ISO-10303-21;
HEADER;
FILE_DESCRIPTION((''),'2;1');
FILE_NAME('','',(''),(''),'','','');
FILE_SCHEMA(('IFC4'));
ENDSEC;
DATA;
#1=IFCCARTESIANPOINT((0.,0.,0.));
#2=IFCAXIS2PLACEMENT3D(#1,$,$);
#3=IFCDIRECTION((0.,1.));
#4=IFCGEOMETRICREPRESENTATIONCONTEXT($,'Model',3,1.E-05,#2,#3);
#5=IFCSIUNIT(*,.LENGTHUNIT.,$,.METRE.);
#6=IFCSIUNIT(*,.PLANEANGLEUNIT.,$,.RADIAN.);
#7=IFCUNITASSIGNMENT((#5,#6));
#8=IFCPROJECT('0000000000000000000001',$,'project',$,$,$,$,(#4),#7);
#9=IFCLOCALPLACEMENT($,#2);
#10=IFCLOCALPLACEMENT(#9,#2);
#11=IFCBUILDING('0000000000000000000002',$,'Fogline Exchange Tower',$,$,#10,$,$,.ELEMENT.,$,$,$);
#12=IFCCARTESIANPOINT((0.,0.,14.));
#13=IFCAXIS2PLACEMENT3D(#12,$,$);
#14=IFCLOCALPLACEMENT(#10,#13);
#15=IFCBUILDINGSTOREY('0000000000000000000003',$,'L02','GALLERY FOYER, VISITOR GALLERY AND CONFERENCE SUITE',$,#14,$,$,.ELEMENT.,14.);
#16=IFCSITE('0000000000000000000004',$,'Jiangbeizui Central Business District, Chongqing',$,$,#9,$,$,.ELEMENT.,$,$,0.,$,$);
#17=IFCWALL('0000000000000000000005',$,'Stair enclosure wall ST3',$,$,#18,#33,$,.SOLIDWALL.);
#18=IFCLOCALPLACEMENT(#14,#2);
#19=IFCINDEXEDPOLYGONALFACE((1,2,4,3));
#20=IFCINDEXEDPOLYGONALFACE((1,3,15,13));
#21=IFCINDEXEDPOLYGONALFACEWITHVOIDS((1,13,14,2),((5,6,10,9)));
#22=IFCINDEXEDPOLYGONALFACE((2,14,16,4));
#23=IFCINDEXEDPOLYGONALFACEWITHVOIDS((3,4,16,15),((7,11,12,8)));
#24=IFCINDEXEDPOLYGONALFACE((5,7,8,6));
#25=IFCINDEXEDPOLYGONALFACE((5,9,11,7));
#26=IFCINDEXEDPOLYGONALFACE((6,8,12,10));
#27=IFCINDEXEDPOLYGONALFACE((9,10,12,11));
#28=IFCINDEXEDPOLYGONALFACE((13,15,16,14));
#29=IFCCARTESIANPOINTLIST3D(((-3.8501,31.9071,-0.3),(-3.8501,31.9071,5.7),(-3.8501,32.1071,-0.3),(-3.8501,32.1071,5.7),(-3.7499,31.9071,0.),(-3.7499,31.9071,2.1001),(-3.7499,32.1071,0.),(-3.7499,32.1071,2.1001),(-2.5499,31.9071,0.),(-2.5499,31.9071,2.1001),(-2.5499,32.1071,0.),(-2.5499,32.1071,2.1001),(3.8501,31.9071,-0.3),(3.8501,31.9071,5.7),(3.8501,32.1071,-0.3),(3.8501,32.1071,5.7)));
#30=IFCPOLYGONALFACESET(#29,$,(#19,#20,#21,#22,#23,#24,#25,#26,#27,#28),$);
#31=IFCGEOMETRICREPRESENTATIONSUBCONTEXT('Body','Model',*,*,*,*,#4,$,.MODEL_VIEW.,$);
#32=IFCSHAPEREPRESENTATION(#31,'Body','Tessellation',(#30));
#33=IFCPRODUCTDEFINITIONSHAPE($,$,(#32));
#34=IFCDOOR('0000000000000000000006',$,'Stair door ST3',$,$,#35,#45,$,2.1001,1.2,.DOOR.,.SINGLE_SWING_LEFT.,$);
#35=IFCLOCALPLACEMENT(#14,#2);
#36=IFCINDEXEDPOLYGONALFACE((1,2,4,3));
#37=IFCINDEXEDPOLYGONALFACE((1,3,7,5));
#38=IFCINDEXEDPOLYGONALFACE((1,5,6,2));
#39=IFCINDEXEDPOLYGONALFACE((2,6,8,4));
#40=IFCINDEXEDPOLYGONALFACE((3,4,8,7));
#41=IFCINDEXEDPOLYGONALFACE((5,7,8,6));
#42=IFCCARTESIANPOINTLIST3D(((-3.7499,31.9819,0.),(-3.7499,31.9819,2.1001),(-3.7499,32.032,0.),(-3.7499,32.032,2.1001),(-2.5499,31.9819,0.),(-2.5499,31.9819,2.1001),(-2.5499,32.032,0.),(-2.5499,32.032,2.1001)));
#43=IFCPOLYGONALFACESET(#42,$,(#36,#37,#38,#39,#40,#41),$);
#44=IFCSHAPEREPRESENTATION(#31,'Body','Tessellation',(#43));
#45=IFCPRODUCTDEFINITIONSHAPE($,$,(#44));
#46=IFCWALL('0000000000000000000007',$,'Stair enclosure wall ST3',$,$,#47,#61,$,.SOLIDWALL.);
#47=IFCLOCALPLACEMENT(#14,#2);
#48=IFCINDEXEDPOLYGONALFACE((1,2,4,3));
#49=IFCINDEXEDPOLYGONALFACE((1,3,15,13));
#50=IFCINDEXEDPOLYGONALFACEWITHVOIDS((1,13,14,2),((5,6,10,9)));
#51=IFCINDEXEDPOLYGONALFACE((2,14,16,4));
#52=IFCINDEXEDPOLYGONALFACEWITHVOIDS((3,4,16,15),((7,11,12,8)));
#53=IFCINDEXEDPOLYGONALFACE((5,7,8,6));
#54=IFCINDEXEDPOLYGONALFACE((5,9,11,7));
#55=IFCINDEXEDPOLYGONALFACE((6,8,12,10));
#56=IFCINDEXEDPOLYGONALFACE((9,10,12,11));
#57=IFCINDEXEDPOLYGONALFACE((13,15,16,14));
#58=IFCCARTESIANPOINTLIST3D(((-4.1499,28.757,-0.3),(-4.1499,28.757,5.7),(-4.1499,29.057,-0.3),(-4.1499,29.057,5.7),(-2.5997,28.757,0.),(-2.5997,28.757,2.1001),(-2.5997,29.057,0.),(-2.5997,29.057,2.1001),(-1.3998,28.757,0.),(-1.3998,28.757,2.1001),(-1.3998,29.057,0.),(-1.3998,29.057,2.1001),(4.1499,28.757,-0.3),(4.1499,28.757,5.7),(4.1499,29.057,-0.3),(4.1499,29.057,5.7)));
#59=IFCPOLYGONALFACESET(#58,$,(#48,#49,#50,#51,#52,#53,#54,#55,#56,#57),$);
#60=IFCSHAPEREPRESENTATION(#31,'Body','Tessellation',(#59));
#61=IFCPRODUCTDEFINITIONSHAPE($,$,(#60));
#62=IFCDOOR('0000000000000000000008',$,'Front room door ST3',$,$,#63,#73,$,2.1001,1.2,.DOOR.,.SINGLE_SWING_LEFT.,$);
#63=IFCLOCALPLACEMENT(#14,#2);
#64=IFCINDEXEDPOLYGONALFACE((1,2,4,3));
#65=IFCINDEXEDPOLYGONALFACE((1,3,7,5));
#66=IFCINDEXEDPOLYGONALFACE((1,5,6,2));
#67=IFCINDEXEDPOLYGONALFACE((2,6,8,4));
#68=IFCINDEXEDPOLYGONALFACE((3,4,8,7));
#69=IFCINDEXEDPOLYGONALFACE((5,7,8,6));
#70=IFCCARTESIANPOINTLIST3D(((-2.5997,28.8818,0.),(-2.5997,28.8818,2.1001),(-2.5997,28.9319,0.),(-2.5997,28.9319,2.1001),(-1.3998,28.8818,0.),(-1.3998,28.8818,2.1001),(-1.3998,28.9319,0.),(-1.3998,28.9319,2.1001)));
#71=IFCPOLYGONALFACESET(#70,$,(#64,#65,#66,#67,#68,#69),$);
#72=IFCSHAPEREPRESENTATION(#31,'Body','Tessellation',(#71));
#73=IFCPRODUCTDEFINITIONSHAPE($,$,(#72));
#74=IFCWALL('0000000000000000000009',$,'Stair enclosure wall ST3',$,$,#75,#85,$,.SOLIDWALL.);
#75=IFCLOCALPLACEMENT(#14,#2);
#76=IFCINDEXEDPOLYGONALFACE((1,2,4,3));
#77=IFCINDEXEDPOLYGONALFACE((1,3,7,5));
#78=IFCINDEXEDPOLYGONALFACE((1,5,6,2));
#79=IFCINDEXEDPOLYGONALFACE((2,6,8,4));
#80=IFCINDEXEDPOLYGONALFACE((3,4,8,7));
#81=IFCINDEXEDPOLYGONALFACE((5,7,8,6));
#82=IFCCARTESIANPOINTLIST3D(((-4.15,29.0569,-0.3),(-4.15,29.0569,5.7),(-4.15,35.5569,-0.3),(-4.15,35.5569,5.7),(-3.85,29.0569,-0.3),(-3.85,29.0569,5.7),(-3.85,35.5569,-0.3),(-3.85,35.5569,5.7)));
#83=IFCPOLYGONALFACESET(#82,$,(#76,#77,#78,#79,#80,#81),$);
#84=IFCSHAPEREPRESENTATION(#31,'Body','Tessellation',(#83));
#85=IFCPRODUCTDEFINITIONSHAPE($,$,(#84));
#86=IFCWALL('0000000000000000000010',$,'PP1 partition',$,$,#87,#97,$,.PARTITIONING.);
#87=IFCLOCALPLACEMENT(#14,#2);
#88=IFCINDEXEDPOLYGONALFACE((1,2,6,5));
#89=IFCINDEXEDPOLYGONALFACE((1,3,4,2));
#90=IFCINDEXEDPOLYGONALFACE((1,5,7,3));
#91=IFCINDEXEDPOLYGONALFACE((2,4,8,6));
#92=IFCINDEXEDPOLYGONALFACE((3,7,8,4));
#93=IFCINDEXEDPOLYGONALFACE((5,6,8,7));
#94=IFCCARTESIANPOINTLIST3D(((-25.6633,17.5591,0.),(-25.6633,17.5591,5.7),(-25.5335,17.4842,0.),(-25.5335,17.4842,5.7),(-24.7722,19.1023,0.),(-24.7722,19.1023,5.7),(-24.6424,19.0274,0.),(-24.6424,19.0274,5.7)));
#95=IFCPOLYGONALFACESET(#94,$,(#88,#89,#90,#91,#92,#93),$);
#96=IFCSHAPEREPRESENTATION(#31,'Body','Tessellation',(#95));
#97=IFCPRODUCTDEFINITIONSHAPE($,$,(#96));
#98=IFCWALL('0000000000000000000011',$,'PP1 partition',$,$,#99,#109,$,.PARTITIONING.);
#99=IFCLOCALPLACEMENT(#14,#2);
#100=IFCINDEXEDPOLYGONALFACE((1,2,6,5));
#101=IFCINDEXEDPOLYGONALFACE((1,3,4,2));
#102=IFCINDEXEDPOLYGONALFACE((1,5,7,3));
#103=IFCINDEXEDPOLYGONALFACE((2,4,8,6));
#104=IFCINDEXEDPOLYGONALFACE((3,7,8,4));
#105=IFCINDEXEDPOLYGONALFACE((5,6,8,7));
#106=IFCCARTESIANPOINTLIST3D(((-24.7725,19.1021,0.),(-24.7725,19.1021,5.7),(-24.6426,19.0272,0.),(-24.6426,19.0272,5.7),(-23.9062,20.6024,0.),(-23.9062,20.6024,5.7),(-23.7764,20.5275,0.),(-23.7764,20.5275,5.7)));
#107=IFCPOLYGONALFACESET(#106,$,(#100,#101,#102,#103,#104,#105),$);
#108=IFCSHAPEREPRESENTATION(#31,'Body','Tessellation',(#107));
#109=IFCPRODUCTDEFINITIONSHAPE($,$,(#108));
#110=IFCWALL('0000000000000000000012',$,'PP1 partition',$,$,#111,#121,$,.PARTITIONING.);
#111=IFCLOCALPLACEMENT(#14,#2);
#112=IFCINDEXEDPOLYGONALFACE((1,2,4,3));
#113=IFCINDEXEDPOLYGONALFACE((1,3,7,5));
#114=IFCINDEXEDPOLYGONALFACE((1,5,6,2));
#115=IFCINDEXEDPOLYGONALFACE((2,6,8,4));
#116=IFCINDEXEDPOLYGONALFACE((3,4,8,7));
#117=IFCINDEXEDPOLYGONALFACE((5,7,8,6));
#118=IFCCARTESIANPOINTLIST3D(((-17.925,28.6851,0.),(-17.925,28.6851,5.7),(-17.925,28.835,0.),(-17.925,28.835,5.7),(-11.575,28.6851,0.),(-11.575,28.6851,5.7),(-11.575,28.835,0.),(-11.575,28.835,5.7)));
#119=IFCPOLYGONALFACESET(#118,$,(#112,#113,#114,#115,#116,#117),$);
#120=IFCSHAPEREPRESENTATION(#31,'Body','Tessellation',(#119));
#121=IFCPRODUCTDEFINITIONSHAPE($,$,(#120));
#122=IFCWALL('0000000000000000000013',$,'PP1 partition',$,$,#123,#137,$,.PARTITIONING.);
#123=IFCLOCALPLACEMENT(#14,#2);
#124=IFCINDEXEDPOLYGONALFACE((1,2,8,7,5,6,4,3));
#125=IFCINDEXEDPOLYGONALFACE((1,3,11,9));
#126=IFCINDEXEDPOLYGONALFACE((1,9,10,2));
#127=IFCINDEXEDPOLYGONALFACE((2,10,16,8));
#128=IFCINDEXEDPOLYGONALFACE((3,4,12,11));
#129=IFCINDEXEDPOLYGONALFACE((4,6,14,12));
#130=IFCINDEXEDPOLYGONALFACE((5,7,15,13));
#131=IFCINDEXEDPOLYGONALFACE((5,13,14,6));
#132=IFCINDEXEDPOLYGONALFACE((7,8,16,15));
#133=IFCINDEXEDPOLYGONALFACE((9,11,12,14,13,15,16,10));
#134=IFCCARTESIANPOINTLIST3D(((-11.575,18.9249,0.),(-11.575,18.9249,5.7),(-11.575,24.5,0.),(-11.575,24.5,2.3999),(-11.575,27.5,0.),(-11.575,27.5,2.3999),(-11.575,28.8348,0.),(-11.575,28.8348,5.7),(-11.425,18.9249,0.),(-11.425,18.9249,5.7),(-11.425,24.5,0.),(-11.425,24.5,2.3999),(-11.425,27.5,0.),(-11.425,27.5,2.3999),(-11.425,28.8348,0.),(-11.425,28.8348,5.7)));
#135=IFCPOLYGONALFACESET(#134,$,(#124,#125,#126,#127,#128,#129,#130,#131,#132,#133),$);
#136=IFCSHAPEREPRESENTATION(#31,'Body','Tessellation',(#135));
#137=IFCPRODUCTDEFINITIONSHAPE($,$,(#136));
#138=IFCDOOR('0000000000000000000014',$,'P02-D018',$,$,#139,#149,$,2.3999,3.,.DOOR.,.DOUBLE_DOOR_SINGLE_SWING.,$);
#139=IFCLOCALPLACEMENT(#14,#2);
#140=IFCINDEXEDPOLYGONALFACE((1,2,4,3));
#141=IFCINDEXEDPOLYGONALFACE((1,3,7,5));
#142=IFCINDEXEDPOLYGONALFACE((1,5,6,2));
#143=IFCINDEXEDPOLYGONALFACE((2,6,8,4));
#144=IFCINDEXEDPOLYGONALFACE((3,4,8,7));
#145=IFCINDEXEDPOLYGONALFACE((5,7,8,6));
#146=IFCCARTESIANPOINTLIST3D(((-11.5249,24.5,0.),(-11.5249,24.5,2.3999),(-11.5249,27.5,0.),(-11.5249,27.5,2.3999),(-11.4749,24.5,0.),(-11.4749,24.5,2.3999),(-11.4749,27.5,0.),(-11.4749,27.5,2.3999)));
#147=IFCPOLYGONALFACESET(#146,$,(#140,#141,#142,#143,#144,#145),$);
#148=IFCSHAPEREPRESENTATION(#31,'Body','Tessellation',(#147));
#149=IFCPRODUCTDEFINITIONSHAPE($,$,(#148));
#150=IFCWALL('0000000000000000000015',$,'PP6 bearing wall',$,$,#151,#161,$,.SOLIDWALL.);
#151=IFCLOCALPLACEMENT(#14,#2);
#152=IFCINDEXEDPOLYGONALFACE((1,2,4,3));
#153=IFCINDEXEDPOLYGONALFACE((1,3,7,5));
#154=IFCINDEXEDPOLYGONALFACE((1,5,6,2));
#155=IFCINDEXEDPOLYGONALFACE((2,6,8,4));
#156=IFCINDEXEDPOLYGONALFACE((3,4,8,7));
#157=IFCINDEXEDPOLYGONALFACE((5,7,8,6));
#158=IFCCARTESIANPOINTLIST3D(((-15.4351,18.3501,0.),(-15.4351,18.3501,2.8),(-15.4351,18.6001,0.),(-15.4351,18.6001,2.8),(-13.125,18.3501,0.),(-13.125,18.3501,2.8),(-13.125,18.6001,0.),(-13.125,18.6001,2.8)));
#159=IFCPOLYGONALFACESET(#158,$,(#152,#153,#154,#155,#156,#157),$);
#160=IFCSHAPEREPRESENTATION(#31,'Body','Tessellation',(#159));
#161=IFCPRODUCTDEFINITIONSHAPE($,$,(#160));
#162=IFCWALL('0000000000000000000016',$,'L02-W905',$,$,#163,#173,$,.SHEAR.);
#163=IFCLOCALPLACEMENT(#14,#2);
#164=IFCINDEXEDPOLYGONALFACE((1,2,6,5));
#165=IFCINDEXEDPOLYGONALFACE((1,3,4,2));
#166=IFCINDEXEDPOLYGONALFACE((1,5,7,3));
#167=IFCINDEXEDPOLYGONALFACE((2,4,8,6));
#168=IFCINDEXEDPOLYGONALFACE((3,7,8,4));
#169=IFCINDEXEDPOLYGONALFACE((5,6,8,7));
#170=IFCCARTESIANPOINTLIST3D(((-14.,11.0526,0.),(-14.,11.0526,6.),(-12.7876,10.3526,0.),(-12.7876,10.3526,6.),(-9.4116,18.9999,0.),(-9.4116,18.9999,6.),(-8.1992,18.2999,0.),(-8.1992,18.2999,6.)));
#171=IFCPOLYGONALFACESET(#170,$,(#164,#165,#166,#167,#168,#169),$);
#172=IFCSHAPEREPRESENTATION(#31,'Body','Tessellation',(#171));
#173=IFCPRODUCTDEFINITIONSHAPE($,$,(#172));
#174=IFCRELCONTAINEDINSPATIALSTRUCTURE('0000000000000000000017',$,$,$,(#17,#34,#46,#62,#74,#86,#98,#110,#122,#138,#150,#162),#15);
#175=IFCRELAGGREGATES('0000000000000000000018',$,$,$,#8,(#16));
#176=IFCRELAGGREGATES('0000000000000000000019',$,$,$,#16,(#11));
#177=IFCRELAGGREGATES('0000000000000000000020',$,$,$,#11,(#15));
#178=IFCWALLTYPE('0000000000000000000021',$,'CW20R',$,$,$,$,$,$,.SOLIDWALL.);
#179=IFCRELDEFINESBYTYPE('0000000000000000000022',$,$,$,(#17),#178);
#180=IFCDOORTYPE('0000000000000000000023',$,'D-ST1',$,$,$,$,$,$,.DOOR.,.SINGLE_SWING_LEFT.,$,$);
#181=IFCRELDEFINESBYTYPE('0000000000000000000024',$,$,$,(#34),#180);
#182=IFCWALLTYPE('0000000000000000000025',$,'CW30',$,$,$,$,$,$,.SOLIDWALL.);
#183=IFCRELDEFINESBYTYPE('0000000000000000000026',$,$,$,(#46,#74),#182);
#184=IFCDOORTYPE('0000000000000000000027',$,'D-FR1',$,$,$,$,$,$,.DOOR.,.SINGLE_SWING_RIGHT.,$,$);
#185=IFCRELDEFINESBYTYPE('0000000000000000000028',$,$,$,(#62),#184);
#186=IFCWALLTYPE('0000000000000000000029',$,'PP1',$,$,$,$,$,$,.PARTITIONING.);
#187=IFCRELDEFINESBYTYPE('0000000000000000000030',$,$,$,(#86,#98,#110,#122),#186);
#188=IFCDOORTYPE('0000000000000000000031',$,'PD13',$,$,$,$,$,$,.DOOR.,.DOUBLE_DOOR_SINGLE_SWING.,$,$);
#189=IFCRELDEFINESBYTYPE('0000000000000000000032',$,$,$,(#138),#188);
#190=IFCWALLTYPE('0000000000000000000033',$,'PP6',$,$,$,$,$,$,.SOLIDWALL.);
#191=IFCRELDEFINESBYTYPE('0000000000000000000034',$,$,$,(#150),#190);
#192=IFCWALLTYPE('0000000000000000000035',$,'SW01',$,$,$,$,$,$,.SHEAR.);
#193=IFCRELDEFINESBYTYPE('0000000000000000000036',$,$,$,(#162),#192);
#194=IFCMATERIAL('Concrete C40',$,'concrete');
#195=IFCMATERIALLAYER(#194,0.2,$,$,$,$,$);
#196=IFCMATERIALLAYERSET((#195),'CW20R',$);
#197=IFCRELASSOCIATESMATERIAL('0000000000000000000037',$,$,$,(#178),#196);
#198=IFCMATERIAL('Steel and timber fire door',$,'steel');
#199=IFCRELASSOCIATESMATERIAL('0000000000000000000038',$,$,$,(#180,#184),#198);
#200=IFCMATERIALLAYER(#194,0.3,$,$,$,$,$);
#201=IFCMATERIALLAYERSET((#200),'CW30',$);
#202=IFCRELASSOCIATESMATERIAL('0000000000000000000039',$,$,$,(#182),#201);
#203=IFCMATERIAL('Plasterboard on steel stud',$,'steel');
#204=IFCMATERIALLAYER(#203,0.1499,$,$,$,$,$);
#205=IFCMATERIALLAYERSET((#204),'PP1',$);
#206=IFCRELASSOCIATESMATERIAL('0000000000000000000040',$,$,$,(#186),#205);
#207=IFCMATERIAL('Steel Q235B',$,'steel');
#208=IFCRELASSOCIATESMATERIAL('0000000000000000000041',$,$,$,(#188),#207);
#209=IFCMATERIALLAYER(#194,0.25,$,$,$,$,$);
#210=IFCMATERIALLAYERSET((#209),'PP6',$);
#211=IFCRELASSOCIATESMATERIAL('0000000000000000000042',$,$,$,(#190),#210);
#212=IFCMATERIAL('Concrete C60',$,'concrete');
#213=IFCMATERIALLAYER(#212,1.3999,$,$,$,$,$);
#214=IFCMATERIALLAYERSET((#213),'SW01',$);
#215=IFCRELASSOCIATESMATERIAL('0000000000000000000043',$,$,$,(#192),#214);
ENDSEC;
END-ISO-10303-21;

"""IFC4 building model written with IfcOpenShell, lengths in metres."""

from ifc_helpers import new_model, si_unit, direction, frame, frame_2d, origin, place, context, subcontext, project, spatial, rectangle, extrude, material, layer, layer_set, type_object, element, fill, save


model = new_model("IFC4")

# Units and contexts
model_context = context("Model", 3, precision=1e-05, world=origin(), true_north=direction((0.0, 1.0)))
body_context = subcontext(model_context, "Body", "Model", "MODEL_VIEW")
ifc_project = project(units=[si_unit("LENGTHUNIT", "METRE"), si_unit("PLANEANGLEUNIT", "RADIAN")], contexts=[model_context])

# Site, building, storey
site_placement = place(None, origin())
site = spatial("IfcSite", under=ifc_project, at=site_placement, Name="Jiangbeizui Central Business District, Chongqing", CompositionType="ELEMENT", RefElevation=0.0)
building_placement = place(site_placement, origin())
building = spatial("IfcBuilding", under=site, at=building_placement, Name="Fogline Exchange Tower", CompositionType="ELEMENT")
storey_placement = place(building_placement, frame((0.0, 0.0, 14.0)))
storey = spatial("IfcBuildingStorey", under=building, at=storey_placement, Name="L02", Description="GALLERY FOYER, VISITOR GALLERY AND CONFERENCE SUITE", CompositionType="ELEMENT", Elevation=14.0)

# Walls, openings, doors
ifc_material_1 = material(Name="Concrete C40", Category="concrete")
ifc_layer_1 = layer(ifc_material_1, 0.2)
ifc_layer_set_1 = layer_set([ifc_layer_1], Name="CW20R")
wall_type_1 = type_object("IfcWallType", Name="CW20R", PredefinedType="SOLIDWALL", material=ifc_layer_set_1)
wall_1_placement = place(storey_placement, frame((-3.8501, 32.0071, -0.3), z_axis=(0.0, 0.0, 1.0), x_axis=(1.0, 0.0, 0.0)))
wall_1 = element("IfcWall", 1, at=wall_1_placement, inside=storey, type_object=wall_type_1, Name="Stair enclosure wall ST3", PredefinedType="SOLIDWALL", context=body_context, shape_type="SweptSolid", body=[
    extrude(rectangle(XDim=7.7002, YDim=0.2, at=frame_2d((3.8501, 0.0))), origin(), (0.0, 0.0, 1.0), 6.0),
])
opening_1_placement = place(wall_1_placement, frame((0.1001, 0.0, 0.3)))
opening_1 = element("IfcOpeningElement", 2, at=opening_1_placement, cuts=wall_1, PredefinedType="OPENING", context=body_context, shape_type="SweptSolid", body=[
    extrude(rectangle(XDim=1.2, YDim=2.1001, at=frame_2d((0.6001, 1.05))), frame((0.0, 0.1099, 0.0), z_axis=(0.0, -1.0, 0.0), x_axis=(1.0, 0.0, 0.0)), (0.0, 0.0, 1.0), 0.22),
])
ifc_material_2 = material(Name="Steel and timber fire door", Category="steel")
door_type_1 = type_object("IfcDoorType", Name="D-ST1", OperationType="SINGLE_SWING_LEFT", PredefinedType="DOOR", material=ifc_material_2)
door_1_placement = place(opening_1_placement, origin())
door_1 = element("IfcDoor", 3, at=door_1_placement, inside=storey, type_object=door_type_1, Name="Stair door ST3", OperationType="SINGLE_SWING_LEFT", OverallHeight=2.1001, OverallWidth=1.2, PredefinedType="DOOR", context=body_context, shape_type="SweptSolid", body=[
    extrude(rectangle(XDim=1.2, YDim=2.1001, at=frame_2d((0.6001, 1.05))), frame((0.0, 0.0249, 0.0), z_axis=(0.0, -1.0, 0.0), x_axis=(1.0, 0.0, 0.0)), (0.0, 0.0, 1.0), 0.05),
])
fill(opening_1, door_1)
ifc_layer_2 = layer(ifc_material_1, 0.3)
ifc_layer_set_2 = layer_set([ifc_layer_2], Name="CW30")
wall_type_2 = type_object("IfcWallType", Name="CW30", PredefinedType="SOLIDWALL", material=ifc_layer_set_2)
wall_2_placement = place(storey_placement, frame((-4.1499, 28.907, -0.3), z_axis=(0.0, 0.0, 1.0), x_axis=(1.0, 0.0, 0.0)))
wall_2 = element("IfcWall", 4, at=wall_2_placement, inside=storey, type_object=wall_type_2, Name="Stair enclosure wall ST3", PredefinedType="SOLIDWALL", context=body_context, shape_type="SweptSolid", body=[
    extrude(rectangle(XDim=8.2998, YDim=0.3, at=frame_2d((4.1499, 0.0))), origin(), (0.0, 0.0, 1.0), 6.0),
])
opening_2_placement = place(wall_2_placement, frame((1.55, 0.0, 0.3)))
opening_2 = element("IfcOpeningElement", 5, at=opening_2_placement, cuts=wall_2, PredefinedType="OPENING", context=body_context, shape_type="SweptSolid", body=[
    extrude(rectangle(XDim=1.2, YDim=2.1001, at=frame_2d((0.6001, 1.05))), frame((0.0, 0.1602, 0.0), z_axis=(0.0, -1.0, 0.0), x_axis=(1.0, 0.0, 0.0)), (0.0, 0.0, 1.0), 0.3201),
])
door_type_2 = type_object("IfcDoorType", Name="D-FR1", OperationType="SINGLE_SWING_RIGHT", PredefinedType="DOOR", material=ifc_material_2)
door_2_placement = place(opening_2_placement, origin())
door_2 = element("IfcDoor", 6, at=door_2_placement, inside=storey, type_object=door_type_2, Name="Front room door ST3", OperationType="SINGLE_SWING_LEFT", OverallHeight=2.1001, OverallWidth=1.2, PredefinedType="DOOR", context=body_context, shape_type="SweptSolid", body=[
    extrude(rectangle(XDim=1.2, YDim=2.1001, at=frame_2d((0.6001, 1.05))), frame((0.0, 0.0249, 0.0), z_axis=(0.0, -1.0, 0.0), x_axis=(1.0, 0.0, 0.0)), (0.0, 0.0, 1.0), 0.05),
])
fill(opening_2, door_2)

# Walls
wall_3_placement = place(storey_placement, frame((-4.0, 29.0569, -0.3), z_axis=(0.0, 0.0, 1.0), x_axis=(0.0, 1.0, 0.0)))
element("IfcWall", 7, at=wall_3_placement, inside=storey, type_object=wall_type_2, Name="Stair enclosure wall ST3", PredefinedType="SOLIDWALL", context=body_context, shape_type="SweptSolid", body=[
    extrude(rectangle(XDim=6.5, YDim=0.3, at=frame_2d((3.25, 0.0))), origin(), (0.0, 0.0, 1.0), 6.0),
])
ifc_material_3 = material(Name="Plasterboard on steel stud", Category="steel")
ifc_layer_3 = layer(ifc_material_3, 0.1499)
ifc_layer_set_3 = layer_set([ifc_layer_3], Name="PP1")
wall_type_3 = type_object("IfcWallType", Name="PP1", PredefinedType="PARTITIONING", material=ifc_layer_set_3)
wall_4_placement = place(storey_placement, frame((-24.7073, 19.0649, 0.0), z_axis=(0.0, 0.0, 1.0), x_axis=(-0.500058, -0.865992, 0.0)))
element("IfcWall", 8, at=wall_4_placement, inside=storey, type_object=wall_type_3, Name="PP1 partition", PredefinedType="PARTITIONING", context=body_context, shape_type="SweptSolid", body=[
    extrude(rectangle(XDim=1.782, YDim=0.1499, at=frame_2d((0.8911, 0.0))), origin(), (0.0, 0.0, 1.0), 5.7),
])
wall_5_placement = place(storey_placement, frame((-23.8413, 20.5649, 0.0), z_axis=(0.0, 0.0, 1.0), x_axis=(-0.500019, -0.866014, 0.0)))
element("IfcWall", 9, at=wall_5_placement, inside=storey, type_object=wall_type_3, Name="PP1 partition", PredefinedType="PARTITIONING", context=body_context, shape_type="SweptSolid", body=[
    extrude(rectangle(XDim=1.7324, YDim=0.1499, at=frame_2d((0.8662, 0.0))), origin(), (0.0, 0.0, 1.0), 5.7),
])
wall_6_placement = place(storey_placement, frame((-17.925, 28.76, 0.0), z_axis=(0.0, 0.0, 1.0), x_axis=(1.0, 0.0, 0.0)))
element("IfcWall", 10, at=wall_6_placement, inside=storey, type_object=wall_type_3, Name="PP1 partition", PredefinedType="PARTITIONING", context=body_context, shape_type="SweptSolid", body=[
    extrude(rectangle(XDim=6.3501, YDim=0.1499, at=frame_2d((3.175, 0.0))), origin(), (0.0, 0.0, 1.0), 5.7),
])

# Wall, opening, door
ifc_material_4 = material(Name="Steel Q235B", Category="steel")
door_type_3 = type_object("IfcDoorType", Name="PD13", OperationType="DOUBLE_DOOR_SINGLE_SWING", PredefinedType="DOOR", material=ifc_material_4)
wall_7_placement = place(storey_placement, frame((-11.5, 28.835, 0.0), z_axis=(0.0, 0.0, 1.0), x_axis=(0.0, -1.0, 0.0)))
wall_7 = element("IfcWall", 11, at=wall_7_placement, inside=storey, type_object=wall_type_3, Name="PP1 partition", PredefinedType="PARTITIONING", context=body_context, shape_type="SweptSolid", body=[
    extrude(rectangle(XDim=9.9099, YDim=0.1499, at=frame_2d((4.9551, 0.0))), origin(), (0.0, 0.0, 1.0), 5.7),
])
opening_3_placement = place(wall_7_placement, frame((1.335, 0.0, 0.0)))
opening_3 = element("IfcOpeningElement", 12, at=opening_3_placement, cuts=wall_7, PredefinedType="OPENING", context=body_context, shape_type="SweptSolid", body=[
    extrude(rectangle(XDim=3.0, YDim=2.3999, at=frame_2d((1.5, 1.2))), frame((0.0, 0.085, 0.0), z_axis=(0.0, -1.0, 0.0), x_axis=(1.0, 0.0, 0.0)), (0.0, 0.0, 1.0), 0.1699),
])
door_3_placement = place(opening_3_placement, frame((3.0, 0.0, 0.0), z_axis=(0.0, 0.0, 1.0), x_axis=(-1.0, 0.0, 0.0)))
door_3 = element("IfcDoor", 13, at=door_3_placement, inside=storey, type_object=door_type_3, Name="P02-D018", OperationType="DOUBLE_DOOR_SINGLE_SWING", OverallHeight=2.3999, OverallWidth=3.0, PredefinedType="DOOR", context=body_context, shape_type="SweptSolid", body=[
    extrude(rectangle(XDim=3.0, YDim=2.3999, at=frame_2d((1.5, 1.2))), frame((0.0, 0.0249, 0.0), z_axis=(0.0, -1.0, 0.0), x_axis=(1.0, 0.0, 0.0)), (0.0, 0.0, 1.0), 0.05),
])
fill(opening_3, door_3)

# Walls
ifc_layer_4 = layer(ifc_material_1, 0.25)
ifc_layer_set_4 = layer_set([ifc_layer_4], Name="PP6")
wall_type_4 = type_object("IfcWallType", Name="PP6", PredefinedType="SOLIDWALL", material=ifc_layer_set_4)
wall_8_placement = place(storey_placement, frame((-13.125, 18.4751, 0.0), z_axis=(0.0, 0.0, 1.0), x_axis=(-1.0, 0.0, 0.0)))
element("IfcWall", 14, at=wall_8_placement, inside=storey, type_object=wall_type_4, Name="PP6 bearing wall", PredefinedType="SOLIDWALL", context=body_context, shape_type="SweptSolid", body=[
    extrude(rectangle(XDim=2.3101, YDim=0.25, at=frame_2d((1.155, 0.0))), origin(), (0.0, 0.0, 1.0), 2.8),
])
ifc_material_5 = material(Name="Concrete C60", Category="concrete")
ifc_layer_5 = layer(ifc_material_5, 1.3999)
ifc_layer_set_5 = layer_set([ifc_layer_5], Name="SW01")
wall_type_5 = type_object("IfcWallType", Name="SW01", PredefinedType="SHEAR", material=ifc_layer_set_5)
wall_9_placement = place(storey_placement, frame((-8.8054, 18.6499, 0.0), z_axis=(0.0, 0.0, 1.0), x_axis=(-0.500002, -0.866024, 0.0)))
element("IfcWall", 15, at=wall_9_placement, inside=storey, type_object=wall_type_5, Name="L02-W905", PredefinedType="SHEAR", context=body_context, shape_type="SweptSolid", body=[
    extrude(rectangle(XDim=9.1768, YDim=1.3999, at=frame_2d((4.5884, 0.0))), origin(), (0.0, 0.0, 1.0), 6.0),
])

save(model, "model.ifc")
